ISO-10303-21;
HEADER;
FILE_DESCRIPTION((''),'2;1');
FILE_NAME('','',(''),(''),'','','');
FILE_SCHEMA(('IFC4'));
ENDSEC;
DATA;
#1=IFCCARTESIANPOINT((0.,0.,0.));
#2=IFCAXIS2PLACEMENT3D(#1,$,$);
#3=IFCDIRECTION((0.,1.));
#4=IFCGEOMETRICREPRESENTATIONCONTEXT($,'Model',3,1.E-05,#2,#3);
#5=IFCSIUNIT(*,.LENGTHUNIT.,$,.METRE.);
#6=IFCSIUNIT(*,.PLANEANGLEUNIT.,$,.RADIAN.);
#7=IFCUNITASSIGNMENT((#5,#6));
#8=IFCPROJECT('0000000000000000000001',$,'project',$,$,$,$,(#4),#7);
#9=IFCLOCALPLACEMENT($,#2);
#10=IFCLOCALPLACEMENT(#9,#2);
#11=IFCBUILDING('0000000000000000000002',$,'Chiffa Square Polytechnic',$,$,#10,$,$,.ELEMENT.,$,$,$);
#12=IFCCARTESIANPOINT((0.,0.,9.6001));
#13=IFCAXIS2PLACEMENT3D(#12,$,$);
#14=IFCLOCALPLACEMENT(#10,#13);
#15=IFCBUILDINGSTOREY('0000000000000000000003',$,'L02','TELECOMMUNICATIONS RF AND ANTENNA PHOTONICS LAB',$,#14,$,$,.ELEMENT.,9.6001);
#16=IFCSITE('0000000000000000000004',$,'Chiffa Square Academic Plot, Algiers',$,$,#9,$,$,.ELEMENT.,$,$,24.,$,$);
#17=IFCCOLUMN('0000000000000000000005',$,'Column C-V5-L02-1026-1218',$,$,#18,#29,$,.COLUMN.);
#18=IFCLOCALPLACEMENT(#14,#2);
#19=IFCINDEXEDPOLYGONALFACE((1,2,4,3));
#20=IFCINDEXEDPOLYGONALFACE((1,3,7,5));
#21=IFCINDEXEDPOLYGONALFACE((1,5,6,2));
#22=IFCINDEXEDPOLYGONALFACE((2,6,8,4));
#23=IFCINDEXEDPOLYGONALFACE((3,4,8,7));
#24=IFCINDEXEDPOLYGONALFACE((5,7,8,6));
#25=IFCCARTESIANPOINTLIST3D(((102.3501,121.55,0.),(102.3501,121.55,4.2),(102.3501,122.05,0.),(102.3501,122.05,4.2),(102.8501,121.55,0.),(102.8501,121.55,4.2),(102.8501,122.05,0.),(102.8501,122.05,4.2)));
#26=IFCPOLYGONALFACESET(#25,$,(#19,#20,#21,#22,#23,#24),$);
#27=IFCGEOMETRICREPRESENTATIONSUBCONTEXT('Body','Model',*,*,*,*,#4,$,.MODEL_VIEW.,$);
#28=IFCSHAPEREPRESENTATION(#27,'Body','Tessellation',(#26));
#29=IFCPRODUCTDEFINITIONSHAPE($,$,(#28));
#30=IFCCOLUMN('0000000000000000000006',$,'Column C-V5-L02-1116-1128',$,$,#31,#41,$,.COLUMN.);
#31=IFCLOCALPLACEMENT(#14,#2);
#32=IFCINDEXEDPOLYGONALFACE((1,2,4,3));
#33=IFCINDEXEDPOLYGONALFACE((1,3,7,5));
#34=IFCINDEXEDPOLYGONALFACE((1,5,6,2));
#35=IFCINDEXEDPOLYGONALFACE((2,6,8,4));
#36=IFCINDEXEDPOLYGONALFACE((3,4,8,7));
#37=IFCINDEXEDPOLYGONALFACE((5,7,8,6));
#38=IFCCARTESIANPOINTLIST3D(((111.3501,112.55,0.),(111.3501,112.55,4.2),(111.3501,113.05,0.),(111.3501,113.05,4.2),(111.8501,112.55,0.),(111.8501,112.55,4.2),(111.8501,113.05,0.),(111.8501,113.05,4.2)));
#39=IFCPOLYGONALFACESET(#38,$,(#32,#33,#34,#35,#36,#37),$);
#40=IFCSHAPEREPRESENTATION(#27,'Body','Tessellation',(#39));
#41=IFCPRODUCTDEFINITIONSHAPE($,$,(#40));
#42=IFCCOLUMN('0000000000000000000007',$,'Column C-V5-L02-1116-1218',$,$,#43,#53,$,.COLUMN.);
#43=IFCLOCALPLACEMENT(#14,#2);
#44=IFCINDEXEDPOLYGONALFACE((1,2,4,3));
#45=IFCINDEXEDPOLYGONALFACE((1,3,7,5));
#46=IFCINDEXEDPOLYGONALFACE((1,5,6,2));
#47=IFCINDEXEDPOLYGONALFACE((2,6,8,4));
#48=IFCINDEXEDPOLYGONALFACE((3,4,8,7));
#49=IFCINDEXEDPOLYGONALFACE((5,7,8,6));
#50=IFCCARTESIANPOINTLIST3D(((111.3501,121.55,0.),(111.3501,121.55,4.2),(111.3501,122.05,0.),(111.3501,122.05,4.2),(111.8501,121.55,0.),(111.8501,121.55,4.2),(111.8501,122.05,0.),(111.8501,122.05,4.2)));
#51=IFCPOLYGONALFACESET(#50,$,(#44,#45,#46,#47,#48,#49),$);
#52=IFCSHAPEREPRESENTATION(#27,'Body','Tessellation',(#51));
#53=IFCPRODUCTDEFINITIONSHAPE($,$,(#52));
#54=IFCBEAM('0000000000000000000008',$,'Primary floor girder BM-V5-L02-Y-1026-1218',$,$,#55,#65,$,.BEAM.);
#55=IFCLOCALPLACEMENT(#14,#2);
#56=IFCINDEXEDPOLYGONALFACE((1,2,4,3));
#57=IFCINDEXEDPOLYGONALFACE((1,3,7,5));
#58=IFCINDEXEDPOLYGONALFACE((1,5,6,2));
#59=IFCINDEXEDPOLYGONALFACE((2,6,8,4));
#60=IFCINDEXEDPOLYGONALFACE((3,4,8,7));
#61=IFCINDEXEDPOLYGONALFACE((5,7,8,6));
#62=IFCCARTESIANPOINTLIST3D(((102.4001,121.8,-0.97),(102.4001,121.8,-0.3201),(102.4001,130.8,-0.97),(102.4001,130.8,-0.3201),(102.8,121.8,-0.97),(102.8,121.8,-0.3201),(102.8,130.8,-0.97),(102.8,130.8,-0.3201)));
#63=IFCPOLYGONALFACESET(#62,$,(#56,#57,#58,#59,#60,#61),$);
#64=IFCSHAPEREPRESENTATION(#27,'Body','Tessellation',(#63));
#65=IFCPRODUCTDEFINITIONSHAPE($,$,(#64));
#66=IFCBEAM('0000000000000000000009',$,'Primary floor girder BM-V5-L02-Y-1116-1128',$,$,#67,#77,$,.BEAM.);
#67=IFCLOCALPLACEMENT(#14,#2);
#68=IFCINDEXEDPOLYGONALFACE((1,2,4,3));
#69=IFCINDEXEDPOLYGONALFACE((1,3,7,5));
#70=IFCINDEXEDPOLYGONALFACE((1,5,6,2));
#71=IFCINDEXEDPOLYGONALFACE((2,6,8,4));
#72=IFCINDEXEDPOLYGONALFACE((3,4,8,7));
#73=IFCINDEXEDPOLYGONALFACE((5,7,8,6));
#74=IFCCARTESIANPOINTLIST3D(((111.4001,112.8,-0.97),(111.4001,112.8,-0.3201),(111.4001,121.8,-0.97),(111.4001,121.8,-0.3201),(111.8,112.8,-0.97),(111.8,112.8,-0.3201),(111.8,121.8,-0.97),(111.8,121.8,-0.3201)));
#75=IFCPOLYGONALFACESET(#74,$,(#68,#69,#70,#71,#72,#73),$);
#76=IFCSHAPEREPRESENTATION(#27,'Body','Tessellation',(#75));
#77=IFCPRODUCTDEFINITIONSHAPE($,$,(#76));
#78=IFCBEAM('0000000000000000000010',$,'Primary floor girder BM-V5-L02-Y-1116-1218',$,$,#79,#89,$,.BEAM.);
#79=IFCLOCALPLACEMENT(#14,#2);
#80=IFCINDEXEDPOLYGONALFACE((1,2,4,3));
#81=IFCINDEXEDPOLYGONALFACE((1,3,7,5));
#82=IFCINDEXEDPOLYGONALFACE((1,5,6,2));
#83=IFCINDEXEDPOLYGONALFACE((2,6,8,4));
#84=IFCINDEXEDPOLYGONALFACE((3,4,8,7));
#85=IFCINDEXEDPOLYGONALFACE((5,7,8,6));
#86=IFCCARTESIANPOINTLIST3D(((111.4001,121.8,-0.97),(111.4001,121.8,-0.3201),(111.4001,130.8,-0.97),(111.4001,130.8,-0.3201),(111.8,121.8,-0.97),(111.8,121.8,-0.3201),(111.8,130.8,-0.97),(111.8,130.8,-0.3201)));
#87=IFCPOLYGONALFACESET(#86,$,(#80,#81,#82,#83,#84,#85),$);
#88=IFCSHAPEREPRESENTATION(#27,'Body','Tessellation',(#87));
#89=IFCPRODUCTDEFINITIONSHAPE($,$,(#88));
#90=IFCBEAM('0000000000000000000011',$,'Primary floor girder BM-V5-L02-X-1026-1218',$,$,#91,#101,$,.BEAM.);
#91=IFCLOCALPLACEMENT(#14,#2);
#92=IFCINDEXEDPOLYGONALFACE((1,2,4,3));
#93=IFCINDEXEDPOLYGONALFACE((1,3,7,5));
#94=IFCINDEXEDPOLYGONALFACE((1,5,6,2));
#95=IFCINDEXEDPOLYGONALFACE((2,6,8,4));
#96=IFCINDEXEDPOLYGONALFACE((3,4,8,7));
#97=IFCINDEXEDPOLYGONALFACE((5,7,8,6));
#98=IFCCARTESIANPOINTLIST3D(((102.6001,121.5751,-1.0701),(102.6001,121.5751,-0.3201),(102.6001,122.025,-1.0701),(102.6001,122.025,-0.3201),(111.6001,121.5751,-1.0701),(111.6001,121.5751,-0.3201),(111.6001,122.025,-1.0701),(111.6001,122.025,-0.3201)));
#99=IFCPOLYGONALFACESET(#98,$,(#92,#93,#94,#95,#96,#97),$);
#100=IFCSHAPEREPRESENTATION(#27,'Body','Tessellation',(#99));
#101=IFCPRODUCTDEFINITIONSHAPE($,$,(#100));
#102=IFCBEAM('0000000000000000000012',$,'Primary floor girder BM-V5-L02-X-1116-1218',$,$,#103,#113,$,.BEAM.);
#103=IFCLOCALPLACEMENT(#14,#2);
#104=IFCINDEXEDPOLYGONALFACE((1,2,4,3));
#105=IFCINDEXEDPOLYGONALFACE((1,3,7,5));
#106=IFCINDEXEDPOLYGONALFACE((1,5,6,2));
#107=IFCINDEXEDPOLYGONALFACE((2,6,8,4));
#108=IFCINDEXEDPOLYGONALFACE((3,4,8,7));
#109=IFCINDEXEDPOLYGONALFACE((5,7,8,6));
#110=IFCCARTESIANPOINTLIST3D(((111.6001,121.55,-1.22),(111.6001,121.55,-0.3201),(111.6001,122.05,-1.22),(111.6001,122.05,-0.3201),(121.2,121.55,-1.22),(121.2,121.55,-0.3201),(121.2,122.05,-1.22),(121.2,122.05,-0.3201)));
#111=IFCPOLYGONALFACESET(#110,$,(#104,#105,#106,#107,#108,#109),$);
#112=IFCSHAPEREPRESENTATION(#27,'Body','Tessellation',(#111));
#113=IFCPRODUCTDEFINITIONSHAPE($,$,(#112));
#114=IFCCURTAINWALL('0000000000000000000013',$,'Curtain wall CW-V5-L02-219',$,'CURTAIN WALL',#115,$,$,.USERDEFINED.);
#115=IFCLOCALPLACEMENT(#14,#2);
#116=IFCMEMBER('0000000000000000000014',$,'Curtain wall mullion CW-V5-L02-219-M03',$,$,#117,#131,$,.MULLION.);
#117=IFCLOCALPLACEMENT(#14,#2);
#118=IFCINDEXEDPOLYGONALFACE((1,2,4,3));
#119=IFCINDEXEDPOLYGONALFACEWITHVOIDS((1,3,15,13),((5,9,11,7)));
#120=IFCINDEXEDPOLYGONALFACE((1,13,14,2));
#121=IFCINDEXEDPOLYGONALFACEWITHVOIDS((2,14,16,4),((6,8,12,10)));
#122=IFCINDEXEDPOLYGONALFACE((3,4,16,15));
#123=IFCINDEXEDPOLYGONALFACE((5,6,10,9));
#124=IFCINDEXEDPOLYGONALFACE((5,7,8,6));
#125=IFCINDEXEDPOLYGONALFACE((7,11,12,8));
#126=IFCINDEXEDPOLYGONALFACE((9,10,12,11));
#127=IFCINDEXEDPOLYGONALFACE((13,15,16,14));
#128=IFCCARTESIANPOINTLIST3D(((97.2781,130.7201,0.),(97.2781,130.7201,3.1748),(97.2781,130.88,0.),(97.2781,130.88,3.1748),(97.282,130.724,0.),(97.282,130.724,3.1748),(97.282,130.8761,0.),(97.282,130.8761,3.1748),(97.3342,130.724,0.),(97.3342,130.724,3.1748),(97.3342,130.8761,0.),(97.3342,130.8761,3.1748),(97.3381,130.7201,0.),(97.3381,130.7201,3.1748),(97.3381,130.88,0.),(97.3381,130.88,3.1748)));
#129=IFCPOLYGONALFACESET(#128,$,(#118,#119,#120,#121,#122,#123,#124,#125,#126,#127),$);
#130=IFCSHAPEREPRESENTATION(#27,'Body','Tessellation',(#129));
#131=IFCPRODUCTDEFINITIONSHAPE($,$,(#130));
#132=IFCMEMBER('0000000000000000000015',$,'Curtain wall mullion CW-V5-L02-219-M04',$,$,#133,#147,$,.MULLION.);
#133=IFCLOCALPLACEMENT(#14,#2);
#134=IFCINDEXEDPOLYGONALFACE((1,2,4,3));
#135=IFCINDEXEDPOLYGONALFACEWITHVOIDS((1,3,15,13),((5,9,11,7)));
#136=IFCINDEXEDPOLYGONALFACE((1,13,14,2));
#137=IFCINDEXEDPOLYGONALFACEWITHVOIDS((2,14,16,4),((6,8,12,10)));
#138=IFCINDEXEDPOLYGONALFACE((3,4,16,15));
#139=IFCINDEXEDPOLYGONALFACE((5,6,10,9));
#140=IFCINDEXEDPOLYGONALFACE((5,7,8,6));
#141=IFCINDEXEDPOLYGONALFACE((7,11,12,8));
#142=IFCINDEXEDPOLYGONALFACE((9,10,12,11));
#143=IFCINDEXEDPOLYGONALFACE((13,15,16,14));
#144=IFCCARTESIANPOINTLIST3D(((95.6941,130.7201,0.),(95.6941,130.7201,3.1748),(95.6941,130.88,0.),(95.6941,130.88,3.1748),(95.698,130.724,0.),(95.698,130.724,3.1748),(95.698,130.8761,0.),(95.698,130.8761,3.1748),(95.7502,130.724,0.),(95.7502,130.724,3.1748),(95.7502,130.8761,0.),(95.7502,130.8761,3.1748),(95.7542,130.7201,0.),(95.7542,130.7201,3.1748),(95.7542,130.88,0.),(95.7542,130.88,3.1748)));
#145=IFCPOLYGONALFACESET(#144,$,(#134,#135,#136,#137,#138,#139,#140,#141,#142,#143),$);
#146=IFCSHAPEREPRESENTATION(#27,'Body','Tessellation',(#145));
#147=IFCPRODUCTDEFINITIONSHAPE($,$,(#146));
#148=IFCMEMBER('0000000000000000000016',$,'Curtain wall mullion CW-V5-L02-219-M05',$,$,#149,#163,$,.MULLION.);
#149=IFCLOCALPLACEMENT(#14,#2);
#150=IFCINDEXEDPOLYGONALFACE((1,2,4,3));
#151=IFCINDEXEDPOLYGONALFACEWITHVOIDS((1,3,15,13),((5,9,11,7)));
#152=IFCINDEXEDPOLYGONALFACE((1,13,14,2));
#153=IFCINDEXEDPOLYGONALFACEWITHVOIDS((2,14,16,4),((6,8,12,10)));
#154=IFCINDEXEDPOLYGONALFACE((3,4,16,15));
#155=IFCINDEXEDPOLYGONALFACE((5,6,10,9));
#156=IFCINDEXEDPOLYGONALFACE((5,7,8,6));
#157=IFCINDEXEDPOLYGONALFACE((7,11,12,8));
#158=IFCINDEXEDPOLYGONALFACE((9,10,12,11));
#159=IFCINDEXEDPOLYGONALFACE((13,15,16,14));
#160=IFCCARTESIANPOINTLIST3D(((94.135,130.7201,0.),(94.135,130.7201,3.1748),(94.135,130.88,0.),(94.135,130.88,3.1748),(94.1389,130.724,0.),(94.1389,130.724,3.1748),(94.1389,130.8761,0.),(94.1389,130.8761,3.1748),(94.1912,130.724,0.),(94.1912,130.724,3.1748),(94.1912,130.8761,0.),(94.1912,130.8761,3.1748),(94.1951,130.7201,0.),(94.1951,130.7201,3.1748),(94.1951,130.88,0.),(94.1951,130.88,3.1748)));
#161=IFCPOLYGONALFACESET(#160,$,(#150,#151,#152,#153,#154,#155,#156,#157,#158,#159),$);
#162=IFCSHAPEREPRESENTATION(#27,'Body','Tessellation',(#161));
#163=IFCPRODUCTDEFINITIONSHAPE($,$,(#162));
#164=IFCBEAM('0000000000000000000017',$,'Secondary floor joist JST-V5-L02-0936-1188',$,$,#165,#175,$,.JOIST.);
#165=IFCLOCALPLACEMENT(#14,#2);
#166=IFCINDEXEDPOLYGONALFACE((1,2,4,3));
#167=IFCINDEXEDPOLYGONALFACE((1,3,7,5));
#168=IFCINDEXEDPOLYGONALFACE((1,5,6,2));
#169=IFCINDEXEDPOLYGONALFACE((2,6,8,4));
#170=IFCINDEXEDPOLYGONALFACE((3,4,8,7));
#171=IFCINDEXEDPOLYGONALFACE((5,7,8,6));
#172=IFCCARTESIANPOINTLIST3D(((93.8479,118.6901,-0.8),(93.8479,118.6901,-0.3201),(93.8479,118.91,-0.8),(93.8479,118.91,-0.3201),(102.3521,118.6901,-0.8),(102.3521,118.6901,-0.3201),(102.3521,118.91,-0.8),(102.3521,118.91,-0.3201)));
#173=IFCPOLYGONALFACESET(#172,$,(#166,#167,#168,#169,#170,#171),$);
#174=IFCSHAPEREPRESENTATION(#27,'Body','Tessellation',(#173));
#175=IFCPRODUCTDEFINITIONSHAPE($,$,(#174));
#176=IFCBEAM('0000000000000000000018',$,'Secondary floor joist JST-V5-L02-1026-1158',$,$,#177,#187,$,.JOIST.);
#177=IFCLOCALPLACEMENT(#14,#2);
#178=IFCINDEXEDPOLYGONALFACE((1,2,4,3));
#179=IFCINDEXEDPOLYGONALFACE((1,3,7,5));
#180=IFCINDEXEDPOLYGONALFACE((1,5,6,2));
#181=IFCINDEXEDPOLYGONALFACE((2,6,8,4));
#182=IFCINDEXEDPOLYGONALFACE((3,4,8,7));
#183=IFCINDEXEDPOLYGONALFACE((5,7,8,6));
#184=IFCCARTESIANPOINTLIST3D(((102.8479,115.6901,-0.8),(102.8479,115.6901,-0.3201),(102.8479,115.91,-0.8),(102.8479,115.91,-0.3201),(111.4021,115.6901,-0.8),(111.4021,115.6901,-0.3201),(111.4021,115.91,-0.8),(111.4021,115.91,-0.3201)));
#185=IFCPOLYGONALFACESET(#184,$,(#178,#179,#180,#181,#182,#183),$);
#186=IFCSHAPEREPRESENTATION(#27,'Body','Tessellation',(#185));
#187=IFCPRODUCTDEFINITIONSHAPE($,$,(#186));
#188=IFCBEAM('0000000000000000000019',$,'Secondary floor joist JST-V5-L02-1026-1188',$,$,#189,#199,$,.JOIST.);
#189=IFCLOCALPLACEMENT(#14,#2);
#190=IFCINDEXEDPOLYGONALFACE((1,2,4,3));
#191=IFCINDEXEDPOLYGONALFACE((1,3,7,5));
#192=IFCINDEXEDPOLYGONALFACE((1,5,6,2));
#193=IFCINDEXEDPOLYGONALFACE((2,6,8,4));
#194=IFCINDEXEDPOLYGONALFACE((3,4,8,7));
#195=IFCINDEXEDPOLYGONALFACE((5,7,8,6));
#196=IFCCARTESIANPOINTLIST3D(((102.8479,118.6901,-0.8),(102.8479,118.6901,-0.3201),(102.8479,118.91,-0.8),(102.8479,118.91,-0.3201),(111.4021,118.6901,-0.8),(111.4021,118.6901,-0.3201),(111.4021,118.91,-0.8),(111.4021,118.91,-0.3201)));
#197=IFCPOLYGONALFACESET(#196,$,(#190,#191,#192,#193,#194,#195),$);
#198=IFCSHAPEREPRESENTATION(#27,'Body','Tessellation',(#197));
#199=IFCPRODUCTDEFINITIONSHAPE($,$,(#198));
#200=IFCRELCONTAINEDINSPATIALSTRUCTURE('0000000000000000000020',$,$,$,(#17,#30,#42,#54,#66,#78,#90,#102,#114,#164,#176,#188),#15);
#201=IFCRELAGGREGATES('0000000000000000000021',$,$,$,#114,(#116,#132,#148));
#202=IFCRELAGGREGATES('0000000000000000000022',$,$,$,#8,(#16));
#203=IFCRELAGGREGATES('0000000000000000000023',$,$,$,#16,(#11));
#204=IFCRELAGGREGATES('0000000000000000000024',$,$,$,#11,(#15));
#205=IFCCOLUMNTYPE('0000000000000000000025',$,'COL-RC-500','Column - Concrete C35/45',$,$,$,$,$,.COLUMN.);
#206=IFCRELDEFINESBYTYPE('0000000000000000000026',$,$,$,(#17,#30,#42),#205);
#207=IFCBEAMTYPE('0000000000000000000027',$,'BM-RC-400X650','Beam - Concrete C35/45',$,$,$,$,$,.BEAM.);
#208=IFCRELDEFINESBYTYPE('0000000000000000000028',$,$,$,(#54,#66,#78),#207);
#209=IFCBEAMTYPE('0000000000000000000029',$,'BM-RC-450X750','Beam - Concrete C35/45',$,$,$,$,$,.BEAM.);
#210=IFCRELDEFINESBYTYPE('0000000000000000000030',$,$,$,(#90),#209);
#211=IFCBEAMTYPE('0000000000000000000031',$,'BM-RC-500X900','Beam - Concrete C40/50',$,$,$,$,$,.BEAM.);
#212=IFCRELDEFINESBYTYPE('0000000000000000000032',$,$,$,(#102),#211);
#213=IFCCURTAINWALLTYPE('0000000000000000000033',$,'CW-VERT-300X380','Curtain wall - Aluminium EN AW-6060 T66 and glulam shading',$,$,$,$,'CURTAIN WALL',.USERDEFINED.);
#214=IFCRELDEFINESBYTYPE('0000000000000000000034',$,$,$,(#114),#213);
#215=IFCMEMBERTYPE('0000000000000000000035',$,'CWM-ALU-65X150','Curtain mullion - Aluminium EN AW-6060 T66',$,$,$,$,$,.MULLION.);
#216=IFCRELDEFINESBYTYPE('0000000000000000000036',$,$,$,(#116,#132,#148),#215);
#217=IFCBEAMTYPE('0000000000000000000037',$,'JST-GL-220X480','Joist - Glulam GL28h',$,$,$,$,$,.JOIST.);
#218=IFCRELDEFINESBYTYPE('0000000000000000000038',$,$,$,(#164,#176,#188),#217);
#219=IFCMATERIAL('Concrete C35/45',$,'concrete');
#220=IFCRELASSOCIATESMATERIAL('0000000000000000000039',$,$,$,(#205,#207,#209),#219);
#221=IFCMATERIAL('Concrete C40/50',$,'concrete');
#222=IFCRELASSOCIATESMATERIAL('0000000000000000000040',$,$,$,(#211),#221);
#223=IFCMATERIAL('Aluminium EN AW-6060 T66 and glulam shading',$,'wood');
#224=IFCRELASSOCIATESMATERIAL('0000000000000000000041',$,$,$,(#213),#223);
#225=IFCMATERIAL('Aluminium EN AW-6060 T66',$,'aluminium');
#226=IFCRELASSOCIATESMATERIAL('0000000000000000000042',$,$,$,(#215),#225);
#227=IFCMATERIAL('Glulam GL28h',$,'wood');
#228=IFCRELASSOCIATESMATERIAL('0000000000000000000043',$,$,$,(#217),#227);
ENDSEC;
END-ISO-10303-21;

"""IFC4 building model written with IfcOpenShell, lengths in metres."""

from ifc_helpers import new_model, si_unit, direction, frame, origin, origin_2d, place, context, subcontext, project, spatial, rectangle, hollow_rectangle, extrude, material, material_profile, profile_set, type_object, element, aggregate, save


model = new_model("IFC4")

# Units and contexts
model_context = context("Model", 3, precision=1e-05, world=origin(), true_north=direction((0.0, 1.0)))
body_context = subcontext(model_context, "Body", "Model", "MODEL_VIEW")
ifc_project = project(units=[si_unit("LENGTHUNIT", "METRE"), si_unit("PLANEANGLEUNIT", "RADIAN")], contexts=[model_context])

# Site, building, storey
site_placement = place(None, origin())
site = spatial("IfcSite", under=ifc_project, at=site_placement, Name="Chiffa Square Academic Plot, Algiers", CompositionType="ELEMENT", RefElevation=24.0)
building_placement = place(site_placement, origin())
building = spatial("IfcBuilding", under=site, at=building_placement, Name="Chiffa Square Polytechnic", CompositionType="ELEMENT")
storey_placement = place(building_placement, frame((0.0, 0.0, 9.6001)))
storey = spatial("IfcBuildingStorey", under=building, at=storey_placement, Name="L02", Description="TELECOMMUNICATIONS RF AND ANTENNA PHOTONICS LAB", CompositionType="ELEMENT", Elevation=9.6001)

# Columns
ifc_material_1 = material(Name="Concrete C35/45", Category="concrete")
ifc_material_profile_1 = material_profile(ifc_material_1, rectangle(XDim=0.5, YDim=0.5, at=origin_2d()), Name="RC 500x500")
ifc_profile_set_1 = profile_set([ifc_material_profile_1], Name="Concrete C35/45")
column_type = type_object("IfcColumnType", Name="COL-RC-500", Description="Column - Concrete C35/45", PredefinedType="COLUMN", material=ifc_profile_set_1)
for number, where, z_axis, x_axis, name in (
    (1, (102.6001, 121.8, 0.0), (0.0, 0.0, 1.0), (1.0, 0.0, 0.0), "Column C-V5-L02-1026-1218"),
    (2, (111.6001, 112.8, 0.0), (0.0, 0.0, 1.0), (1.0, 0.0, 0.0), "Column C-V5-L02-1116-1128"),
    (3, (111.6001, 121.8, 0.0), (0.0, 0.0, 1.0), (1.0, 0.0, 0.0), "Column C-V5-L02-1116-1218"),
):
    element("IfcColumn", number, at=place(storey_placement, frame(where, z_axis=z_axis, x_axis=x_axis)), inside=storey, type_object=column_type, Name=name, PredefinedType="COLUMN", context=body_context, shape_type="SweptSolid", body=[
        extrude(rectangle(XDim=0.5, YDim=0.5, at=origin_2d()), origin(), (0.0, 0.0, 1.0), 4.2),
    ])

# Beams
ifc_material_profile_2 = material_profile(ifc_material_1, rectangle(XDim=0.3999, YDim=0.6499, at=origin_2d()), Name="RC 400x650")
ifc_profile_set_2 = profile_set([ifc_material_profile_2], Name="Concrete C35/45")
beam_type_1 = type_object("IfcBeamType", Name="BM-RC-400X650", Description="Beam - Concrete C35/45", PredefinedType="BEAM", material=ifc_profile_set_2)
for number, where, z_axis, x_axis, name in (
    (4, (102.6001, 121.8, -0.645), (0.0, 1.0, 0.0), (-1.0, 0.0, 0.0), "Primary floor girder BM-V5-L02-Y-1026-1218"),
    (5, (111.6001, 112.8, -0.645), (0.0, 1.0, 0.0), (-1.0, 0.0, 0.0), "Primary floor girder BM-V5-L02-Y-1116-1128"),
    (6, (111.6001, 121.8, -0.645), (0.0, 1.0, 0.0), (-1.0, 0.0, 0.0), "Primary floor girder BM-V5-L02-Y-1116-1218"),
):
    element("IfcBeam", number, at=place(storey_placement, frame(where, z_axis=z_axis, x_axis=x_axis)), inside=storey, type_object=beam_type_1, Name=name, PredefinedType="BEAM", context=body_context, shape_type="SweptSolid", body=[
        extrude(rectangle(XDim=0.3999, YDim=0.6499, at=origin_2d()), origin(), (0.0, 0.0, 1.0), 9.0),
    ])
ifc_material_profile_3 = material_profile(ifc_material_1, rectangle(XDim=0.45, YDim=0.75, at=origin_2d()), Name="RC 450x750")
ifc_profile_set_3 = profile_set([ifc_material_profile_3], Name="Concrete C35/45")
beam_type_2 = type_object("IfcBeamType", Name="BM-RC-450X750", Description="Beam - Concrete C35/45", PredefinedType="BEAM", material=ifc_profile_set_3)
beam_1_placement = place(storey_placement, frame((102.6001, 121.8, -0.6951), z_axis=(1.0, 0.0, 0.0), x_axis=(0.0, 1.0, 0.0)))
element("IfcBeam", 7, at=beam_1_placement, inside=storey, type_object=beam_type_2, Name="Primary floor girder BM-V5-L02-X-1026-1218", PredefinedType="BEAM", context=body_context, shape_type="SweptSolid", body=[
    extrude(rectangle(XDim=0.45, YDim=0.75, at=origin_2d()), origin(), (0.0, 0.0, 1.0), 9.0),
])
ifc_material_2 = material(Name="Concrete C40/50", Category="concrete")
ifc_material_profile_4 = material_profile(ifc_material_2, rectangle(XDim=0.5, YDim=0.8999, at=origin_2d()), Name="RC 500x900")
ifc_profile_set_4 = profile_set([ifc_material_profile_4], Name="Concrete C40/50")
beam_type_3 = type_object("IfcBeamType", Name="BM-RC-500X900", Description="Beam - Concrete C40/50", PredefinedType="BEAM", material=ifc_profile_set_4)
beam_2_placement = place(storey_placement, frame((111.6001, 121.8, -0.77), z_axis=(1.0, 0.0, 0.0), x_axis=(0.0, 1.0, 0.0)))
element("IfcBeam", 8, at=beam_2_placement, inside=storey, type_object=beam_type_3, Name="Primary floor girder BM-V5-L02-X-1116-1218", PredefinedType="BEAM", context=body_context, shape_type="SweptSolid", body=[
    extrude(rectangle(XDim=0.5, YDim=0.8999, at=origin_2d()), origin(), (0.0, 0.0, 1.0), 9.5999),
])

# Curtain wall, members
ifc_material_3 = material(Name="Aluminium EN AW-6060 T66 and glulam shading", Category="wood")
curtain_wall_type = type_object("IfcCurtainWallType", Name="CW-VERT-300X380", Description="Curtain wall - Aluminium EN AW-6060 T66 and glulam shading", ElementType="CURTAIN WALL", PredefinedType="USERDEFINED", material=ifc_material_3)
curtain_wall_placement = place(storey_placement, origin())
curtain_wall = element("IfcCurtainWall", 9, at=curtain_wall_placement, inside=storey, type_object=curtain_wall_type, Name="Curtain wall CW-V5-L02-219", ObjectType="CURTAIN WALL", PredefinedType="USERDEFINED")
ifc_material_4 = material(Name="Aluminium EN AW-6060 T66", Category="aluminium")
ifc_material_profile_5 = material_profile(ifc_material_4, hollow_rectangle(XDim=0.0601, YDim=0.1599, WallThickness=0.0039, at=origin_2d()), Name="ALU 60x160x4")
ifc_profile_set_5 = profile_set([ifc_material_profile_5], Name="Aluminium EN AW-6060 T66")
member_type = type_object("IfcMemberType", Name="CWM-ALU-65X150", Description="Curtain mullion - Aluminium EN AW-6060 T66", PredefinedType="MULLION", material=ifc_profile_set_5)
member_1_placement = place(storey_placement, frame((97.3081, 130.8, 0.0), z_axis=(0.0, 0.0, 1.0), x_axis=(1.0, 0.0, 0.0)))
member_1 = element("IfcMember", 10, at=member_1_placement, type_object=member_type, Name="Curtain wall mullion CW-V5-L02-219-M03", PredefinedType="MULLION", context=body_context, shape_type="SweptSolid", body=[
    extrude(hollow_rectangle(XDim=0.0601, YDim=0.1599, WallThickness=0.0039, at=origin_2d()), origin(), (0.0, 0.0, 1.0), 3.1748),
])
member_2_placement = place(storey_placement, frame((95.7241, 130.8, 0.0), z_axis=(0.0, 0.0, 1.0), x_axis=(1.0, 0.0, 0.0)))
member_2 = element("IfcMember", 11, at=member_2_placement, type_object=member_type, Name="Curtain wall mullion CW-V5-L02-219-M04", PredefinedType="MULLION", context=body_context, shape_type="SweptSolid", body=[
    extrude(hollow_rectangle(XDim=0.0601, YDim=0.1599, WallThickness=0.0039, at=origin_2d()), origin(), (0.0, 0.0, 1.0), 3.1748),
])
member_3_placement = place(storey_placement, frame((94.165, 130.8, 0.0), z_axis=(0.0, 0.0, 1.0), x_axis=(1.0, 0.0, 0.0)))
member_3 = element("IfcMember", 12, at=member_3_placement, type_object=member_type, Name="Curtain wall mullion CW-V5-L02-219-M05", PredefinedType="MULLION", context=body_context, shape_type="SweptSolid", body=[
    extrude(hollow_rectangle(XDim=0.0601, YDim=0.1599, WallThickness=0.0039, at=origin_2d()), origin(), (0.0, 0.0, 1.0), 3.1748),
])

# Beams
ifc_material_5 = material(Name="Glulam GL28h", Category="wood")
ifc_material_profile_6 = material_profile(ifc_material_5, rectangle(XDim=0.22, YDim=0.48, at=origin_2d()), Name="GL28h 220x480")
ifc_profile_set_6 = profile_set([ifc_material_profile_6], Name="Glulam GL28h")
beam_type_4 = type_object("IfcBeamType", Name="JST-GL-220X480", Description="Joist - Glulam GL28h", PredefinedType="JOIST", material=ifc_profile_set_6)
beam_3_placement = place(storey_placement, frame((93.8479, 118.8, -0.5601), z_axis=(1.0, 0.0, 0.0), x_axis=(0.0, 1.0, 0.0)))
element("IfcBeam", 13, at=beam_3_placement, inside=storey, type_object=beam_type_4, Name="Secondary floor joist JST-V5-L02-0936-1188", PredefinedType="JOIST", context=body_context, shape_type="SweptSolid", body=[
    extrude(rectangle(XDim=0.22, YDim=0.48, at=origin_2d()), origin(), (0.0, 0.0, 1.0), 8.5042),
])
for number, where, z_axis, x_axis, name in (
    (14, (102.8479, 115.8, -0.5601), (1.0, 0.0, 0.0), (0.0, 1.0, 0.0), "Secondary floor joist JST-V5-L02-1026-1158"),
    (15, (102.8479, 118.8, -0.5601), (1.0, 0.0, 0.0), (0.0, 1.0, 0.0), "Secondary floor joist JST-V5-L02-1026-1188"),
):
    element("IfcBeam", number, at=place(storey_placement, frame(where, z_axis=z_axis, x_axis=x_axis)), inside=storey, type_object=beam_type_4, Name=name, PredefinedType="JOIST", context=body_context, shape_type="SweptSolid", body=[
        extrude(rectangle(XDim=0.22, YDim=0.48, at=origin_2d()), origin(), (0.0, 0.0, 1.0), 8.5542),
    ])

aggregate(curtain_wall, [member_1, member_2, member_3])

save(model, "model.ifc")
